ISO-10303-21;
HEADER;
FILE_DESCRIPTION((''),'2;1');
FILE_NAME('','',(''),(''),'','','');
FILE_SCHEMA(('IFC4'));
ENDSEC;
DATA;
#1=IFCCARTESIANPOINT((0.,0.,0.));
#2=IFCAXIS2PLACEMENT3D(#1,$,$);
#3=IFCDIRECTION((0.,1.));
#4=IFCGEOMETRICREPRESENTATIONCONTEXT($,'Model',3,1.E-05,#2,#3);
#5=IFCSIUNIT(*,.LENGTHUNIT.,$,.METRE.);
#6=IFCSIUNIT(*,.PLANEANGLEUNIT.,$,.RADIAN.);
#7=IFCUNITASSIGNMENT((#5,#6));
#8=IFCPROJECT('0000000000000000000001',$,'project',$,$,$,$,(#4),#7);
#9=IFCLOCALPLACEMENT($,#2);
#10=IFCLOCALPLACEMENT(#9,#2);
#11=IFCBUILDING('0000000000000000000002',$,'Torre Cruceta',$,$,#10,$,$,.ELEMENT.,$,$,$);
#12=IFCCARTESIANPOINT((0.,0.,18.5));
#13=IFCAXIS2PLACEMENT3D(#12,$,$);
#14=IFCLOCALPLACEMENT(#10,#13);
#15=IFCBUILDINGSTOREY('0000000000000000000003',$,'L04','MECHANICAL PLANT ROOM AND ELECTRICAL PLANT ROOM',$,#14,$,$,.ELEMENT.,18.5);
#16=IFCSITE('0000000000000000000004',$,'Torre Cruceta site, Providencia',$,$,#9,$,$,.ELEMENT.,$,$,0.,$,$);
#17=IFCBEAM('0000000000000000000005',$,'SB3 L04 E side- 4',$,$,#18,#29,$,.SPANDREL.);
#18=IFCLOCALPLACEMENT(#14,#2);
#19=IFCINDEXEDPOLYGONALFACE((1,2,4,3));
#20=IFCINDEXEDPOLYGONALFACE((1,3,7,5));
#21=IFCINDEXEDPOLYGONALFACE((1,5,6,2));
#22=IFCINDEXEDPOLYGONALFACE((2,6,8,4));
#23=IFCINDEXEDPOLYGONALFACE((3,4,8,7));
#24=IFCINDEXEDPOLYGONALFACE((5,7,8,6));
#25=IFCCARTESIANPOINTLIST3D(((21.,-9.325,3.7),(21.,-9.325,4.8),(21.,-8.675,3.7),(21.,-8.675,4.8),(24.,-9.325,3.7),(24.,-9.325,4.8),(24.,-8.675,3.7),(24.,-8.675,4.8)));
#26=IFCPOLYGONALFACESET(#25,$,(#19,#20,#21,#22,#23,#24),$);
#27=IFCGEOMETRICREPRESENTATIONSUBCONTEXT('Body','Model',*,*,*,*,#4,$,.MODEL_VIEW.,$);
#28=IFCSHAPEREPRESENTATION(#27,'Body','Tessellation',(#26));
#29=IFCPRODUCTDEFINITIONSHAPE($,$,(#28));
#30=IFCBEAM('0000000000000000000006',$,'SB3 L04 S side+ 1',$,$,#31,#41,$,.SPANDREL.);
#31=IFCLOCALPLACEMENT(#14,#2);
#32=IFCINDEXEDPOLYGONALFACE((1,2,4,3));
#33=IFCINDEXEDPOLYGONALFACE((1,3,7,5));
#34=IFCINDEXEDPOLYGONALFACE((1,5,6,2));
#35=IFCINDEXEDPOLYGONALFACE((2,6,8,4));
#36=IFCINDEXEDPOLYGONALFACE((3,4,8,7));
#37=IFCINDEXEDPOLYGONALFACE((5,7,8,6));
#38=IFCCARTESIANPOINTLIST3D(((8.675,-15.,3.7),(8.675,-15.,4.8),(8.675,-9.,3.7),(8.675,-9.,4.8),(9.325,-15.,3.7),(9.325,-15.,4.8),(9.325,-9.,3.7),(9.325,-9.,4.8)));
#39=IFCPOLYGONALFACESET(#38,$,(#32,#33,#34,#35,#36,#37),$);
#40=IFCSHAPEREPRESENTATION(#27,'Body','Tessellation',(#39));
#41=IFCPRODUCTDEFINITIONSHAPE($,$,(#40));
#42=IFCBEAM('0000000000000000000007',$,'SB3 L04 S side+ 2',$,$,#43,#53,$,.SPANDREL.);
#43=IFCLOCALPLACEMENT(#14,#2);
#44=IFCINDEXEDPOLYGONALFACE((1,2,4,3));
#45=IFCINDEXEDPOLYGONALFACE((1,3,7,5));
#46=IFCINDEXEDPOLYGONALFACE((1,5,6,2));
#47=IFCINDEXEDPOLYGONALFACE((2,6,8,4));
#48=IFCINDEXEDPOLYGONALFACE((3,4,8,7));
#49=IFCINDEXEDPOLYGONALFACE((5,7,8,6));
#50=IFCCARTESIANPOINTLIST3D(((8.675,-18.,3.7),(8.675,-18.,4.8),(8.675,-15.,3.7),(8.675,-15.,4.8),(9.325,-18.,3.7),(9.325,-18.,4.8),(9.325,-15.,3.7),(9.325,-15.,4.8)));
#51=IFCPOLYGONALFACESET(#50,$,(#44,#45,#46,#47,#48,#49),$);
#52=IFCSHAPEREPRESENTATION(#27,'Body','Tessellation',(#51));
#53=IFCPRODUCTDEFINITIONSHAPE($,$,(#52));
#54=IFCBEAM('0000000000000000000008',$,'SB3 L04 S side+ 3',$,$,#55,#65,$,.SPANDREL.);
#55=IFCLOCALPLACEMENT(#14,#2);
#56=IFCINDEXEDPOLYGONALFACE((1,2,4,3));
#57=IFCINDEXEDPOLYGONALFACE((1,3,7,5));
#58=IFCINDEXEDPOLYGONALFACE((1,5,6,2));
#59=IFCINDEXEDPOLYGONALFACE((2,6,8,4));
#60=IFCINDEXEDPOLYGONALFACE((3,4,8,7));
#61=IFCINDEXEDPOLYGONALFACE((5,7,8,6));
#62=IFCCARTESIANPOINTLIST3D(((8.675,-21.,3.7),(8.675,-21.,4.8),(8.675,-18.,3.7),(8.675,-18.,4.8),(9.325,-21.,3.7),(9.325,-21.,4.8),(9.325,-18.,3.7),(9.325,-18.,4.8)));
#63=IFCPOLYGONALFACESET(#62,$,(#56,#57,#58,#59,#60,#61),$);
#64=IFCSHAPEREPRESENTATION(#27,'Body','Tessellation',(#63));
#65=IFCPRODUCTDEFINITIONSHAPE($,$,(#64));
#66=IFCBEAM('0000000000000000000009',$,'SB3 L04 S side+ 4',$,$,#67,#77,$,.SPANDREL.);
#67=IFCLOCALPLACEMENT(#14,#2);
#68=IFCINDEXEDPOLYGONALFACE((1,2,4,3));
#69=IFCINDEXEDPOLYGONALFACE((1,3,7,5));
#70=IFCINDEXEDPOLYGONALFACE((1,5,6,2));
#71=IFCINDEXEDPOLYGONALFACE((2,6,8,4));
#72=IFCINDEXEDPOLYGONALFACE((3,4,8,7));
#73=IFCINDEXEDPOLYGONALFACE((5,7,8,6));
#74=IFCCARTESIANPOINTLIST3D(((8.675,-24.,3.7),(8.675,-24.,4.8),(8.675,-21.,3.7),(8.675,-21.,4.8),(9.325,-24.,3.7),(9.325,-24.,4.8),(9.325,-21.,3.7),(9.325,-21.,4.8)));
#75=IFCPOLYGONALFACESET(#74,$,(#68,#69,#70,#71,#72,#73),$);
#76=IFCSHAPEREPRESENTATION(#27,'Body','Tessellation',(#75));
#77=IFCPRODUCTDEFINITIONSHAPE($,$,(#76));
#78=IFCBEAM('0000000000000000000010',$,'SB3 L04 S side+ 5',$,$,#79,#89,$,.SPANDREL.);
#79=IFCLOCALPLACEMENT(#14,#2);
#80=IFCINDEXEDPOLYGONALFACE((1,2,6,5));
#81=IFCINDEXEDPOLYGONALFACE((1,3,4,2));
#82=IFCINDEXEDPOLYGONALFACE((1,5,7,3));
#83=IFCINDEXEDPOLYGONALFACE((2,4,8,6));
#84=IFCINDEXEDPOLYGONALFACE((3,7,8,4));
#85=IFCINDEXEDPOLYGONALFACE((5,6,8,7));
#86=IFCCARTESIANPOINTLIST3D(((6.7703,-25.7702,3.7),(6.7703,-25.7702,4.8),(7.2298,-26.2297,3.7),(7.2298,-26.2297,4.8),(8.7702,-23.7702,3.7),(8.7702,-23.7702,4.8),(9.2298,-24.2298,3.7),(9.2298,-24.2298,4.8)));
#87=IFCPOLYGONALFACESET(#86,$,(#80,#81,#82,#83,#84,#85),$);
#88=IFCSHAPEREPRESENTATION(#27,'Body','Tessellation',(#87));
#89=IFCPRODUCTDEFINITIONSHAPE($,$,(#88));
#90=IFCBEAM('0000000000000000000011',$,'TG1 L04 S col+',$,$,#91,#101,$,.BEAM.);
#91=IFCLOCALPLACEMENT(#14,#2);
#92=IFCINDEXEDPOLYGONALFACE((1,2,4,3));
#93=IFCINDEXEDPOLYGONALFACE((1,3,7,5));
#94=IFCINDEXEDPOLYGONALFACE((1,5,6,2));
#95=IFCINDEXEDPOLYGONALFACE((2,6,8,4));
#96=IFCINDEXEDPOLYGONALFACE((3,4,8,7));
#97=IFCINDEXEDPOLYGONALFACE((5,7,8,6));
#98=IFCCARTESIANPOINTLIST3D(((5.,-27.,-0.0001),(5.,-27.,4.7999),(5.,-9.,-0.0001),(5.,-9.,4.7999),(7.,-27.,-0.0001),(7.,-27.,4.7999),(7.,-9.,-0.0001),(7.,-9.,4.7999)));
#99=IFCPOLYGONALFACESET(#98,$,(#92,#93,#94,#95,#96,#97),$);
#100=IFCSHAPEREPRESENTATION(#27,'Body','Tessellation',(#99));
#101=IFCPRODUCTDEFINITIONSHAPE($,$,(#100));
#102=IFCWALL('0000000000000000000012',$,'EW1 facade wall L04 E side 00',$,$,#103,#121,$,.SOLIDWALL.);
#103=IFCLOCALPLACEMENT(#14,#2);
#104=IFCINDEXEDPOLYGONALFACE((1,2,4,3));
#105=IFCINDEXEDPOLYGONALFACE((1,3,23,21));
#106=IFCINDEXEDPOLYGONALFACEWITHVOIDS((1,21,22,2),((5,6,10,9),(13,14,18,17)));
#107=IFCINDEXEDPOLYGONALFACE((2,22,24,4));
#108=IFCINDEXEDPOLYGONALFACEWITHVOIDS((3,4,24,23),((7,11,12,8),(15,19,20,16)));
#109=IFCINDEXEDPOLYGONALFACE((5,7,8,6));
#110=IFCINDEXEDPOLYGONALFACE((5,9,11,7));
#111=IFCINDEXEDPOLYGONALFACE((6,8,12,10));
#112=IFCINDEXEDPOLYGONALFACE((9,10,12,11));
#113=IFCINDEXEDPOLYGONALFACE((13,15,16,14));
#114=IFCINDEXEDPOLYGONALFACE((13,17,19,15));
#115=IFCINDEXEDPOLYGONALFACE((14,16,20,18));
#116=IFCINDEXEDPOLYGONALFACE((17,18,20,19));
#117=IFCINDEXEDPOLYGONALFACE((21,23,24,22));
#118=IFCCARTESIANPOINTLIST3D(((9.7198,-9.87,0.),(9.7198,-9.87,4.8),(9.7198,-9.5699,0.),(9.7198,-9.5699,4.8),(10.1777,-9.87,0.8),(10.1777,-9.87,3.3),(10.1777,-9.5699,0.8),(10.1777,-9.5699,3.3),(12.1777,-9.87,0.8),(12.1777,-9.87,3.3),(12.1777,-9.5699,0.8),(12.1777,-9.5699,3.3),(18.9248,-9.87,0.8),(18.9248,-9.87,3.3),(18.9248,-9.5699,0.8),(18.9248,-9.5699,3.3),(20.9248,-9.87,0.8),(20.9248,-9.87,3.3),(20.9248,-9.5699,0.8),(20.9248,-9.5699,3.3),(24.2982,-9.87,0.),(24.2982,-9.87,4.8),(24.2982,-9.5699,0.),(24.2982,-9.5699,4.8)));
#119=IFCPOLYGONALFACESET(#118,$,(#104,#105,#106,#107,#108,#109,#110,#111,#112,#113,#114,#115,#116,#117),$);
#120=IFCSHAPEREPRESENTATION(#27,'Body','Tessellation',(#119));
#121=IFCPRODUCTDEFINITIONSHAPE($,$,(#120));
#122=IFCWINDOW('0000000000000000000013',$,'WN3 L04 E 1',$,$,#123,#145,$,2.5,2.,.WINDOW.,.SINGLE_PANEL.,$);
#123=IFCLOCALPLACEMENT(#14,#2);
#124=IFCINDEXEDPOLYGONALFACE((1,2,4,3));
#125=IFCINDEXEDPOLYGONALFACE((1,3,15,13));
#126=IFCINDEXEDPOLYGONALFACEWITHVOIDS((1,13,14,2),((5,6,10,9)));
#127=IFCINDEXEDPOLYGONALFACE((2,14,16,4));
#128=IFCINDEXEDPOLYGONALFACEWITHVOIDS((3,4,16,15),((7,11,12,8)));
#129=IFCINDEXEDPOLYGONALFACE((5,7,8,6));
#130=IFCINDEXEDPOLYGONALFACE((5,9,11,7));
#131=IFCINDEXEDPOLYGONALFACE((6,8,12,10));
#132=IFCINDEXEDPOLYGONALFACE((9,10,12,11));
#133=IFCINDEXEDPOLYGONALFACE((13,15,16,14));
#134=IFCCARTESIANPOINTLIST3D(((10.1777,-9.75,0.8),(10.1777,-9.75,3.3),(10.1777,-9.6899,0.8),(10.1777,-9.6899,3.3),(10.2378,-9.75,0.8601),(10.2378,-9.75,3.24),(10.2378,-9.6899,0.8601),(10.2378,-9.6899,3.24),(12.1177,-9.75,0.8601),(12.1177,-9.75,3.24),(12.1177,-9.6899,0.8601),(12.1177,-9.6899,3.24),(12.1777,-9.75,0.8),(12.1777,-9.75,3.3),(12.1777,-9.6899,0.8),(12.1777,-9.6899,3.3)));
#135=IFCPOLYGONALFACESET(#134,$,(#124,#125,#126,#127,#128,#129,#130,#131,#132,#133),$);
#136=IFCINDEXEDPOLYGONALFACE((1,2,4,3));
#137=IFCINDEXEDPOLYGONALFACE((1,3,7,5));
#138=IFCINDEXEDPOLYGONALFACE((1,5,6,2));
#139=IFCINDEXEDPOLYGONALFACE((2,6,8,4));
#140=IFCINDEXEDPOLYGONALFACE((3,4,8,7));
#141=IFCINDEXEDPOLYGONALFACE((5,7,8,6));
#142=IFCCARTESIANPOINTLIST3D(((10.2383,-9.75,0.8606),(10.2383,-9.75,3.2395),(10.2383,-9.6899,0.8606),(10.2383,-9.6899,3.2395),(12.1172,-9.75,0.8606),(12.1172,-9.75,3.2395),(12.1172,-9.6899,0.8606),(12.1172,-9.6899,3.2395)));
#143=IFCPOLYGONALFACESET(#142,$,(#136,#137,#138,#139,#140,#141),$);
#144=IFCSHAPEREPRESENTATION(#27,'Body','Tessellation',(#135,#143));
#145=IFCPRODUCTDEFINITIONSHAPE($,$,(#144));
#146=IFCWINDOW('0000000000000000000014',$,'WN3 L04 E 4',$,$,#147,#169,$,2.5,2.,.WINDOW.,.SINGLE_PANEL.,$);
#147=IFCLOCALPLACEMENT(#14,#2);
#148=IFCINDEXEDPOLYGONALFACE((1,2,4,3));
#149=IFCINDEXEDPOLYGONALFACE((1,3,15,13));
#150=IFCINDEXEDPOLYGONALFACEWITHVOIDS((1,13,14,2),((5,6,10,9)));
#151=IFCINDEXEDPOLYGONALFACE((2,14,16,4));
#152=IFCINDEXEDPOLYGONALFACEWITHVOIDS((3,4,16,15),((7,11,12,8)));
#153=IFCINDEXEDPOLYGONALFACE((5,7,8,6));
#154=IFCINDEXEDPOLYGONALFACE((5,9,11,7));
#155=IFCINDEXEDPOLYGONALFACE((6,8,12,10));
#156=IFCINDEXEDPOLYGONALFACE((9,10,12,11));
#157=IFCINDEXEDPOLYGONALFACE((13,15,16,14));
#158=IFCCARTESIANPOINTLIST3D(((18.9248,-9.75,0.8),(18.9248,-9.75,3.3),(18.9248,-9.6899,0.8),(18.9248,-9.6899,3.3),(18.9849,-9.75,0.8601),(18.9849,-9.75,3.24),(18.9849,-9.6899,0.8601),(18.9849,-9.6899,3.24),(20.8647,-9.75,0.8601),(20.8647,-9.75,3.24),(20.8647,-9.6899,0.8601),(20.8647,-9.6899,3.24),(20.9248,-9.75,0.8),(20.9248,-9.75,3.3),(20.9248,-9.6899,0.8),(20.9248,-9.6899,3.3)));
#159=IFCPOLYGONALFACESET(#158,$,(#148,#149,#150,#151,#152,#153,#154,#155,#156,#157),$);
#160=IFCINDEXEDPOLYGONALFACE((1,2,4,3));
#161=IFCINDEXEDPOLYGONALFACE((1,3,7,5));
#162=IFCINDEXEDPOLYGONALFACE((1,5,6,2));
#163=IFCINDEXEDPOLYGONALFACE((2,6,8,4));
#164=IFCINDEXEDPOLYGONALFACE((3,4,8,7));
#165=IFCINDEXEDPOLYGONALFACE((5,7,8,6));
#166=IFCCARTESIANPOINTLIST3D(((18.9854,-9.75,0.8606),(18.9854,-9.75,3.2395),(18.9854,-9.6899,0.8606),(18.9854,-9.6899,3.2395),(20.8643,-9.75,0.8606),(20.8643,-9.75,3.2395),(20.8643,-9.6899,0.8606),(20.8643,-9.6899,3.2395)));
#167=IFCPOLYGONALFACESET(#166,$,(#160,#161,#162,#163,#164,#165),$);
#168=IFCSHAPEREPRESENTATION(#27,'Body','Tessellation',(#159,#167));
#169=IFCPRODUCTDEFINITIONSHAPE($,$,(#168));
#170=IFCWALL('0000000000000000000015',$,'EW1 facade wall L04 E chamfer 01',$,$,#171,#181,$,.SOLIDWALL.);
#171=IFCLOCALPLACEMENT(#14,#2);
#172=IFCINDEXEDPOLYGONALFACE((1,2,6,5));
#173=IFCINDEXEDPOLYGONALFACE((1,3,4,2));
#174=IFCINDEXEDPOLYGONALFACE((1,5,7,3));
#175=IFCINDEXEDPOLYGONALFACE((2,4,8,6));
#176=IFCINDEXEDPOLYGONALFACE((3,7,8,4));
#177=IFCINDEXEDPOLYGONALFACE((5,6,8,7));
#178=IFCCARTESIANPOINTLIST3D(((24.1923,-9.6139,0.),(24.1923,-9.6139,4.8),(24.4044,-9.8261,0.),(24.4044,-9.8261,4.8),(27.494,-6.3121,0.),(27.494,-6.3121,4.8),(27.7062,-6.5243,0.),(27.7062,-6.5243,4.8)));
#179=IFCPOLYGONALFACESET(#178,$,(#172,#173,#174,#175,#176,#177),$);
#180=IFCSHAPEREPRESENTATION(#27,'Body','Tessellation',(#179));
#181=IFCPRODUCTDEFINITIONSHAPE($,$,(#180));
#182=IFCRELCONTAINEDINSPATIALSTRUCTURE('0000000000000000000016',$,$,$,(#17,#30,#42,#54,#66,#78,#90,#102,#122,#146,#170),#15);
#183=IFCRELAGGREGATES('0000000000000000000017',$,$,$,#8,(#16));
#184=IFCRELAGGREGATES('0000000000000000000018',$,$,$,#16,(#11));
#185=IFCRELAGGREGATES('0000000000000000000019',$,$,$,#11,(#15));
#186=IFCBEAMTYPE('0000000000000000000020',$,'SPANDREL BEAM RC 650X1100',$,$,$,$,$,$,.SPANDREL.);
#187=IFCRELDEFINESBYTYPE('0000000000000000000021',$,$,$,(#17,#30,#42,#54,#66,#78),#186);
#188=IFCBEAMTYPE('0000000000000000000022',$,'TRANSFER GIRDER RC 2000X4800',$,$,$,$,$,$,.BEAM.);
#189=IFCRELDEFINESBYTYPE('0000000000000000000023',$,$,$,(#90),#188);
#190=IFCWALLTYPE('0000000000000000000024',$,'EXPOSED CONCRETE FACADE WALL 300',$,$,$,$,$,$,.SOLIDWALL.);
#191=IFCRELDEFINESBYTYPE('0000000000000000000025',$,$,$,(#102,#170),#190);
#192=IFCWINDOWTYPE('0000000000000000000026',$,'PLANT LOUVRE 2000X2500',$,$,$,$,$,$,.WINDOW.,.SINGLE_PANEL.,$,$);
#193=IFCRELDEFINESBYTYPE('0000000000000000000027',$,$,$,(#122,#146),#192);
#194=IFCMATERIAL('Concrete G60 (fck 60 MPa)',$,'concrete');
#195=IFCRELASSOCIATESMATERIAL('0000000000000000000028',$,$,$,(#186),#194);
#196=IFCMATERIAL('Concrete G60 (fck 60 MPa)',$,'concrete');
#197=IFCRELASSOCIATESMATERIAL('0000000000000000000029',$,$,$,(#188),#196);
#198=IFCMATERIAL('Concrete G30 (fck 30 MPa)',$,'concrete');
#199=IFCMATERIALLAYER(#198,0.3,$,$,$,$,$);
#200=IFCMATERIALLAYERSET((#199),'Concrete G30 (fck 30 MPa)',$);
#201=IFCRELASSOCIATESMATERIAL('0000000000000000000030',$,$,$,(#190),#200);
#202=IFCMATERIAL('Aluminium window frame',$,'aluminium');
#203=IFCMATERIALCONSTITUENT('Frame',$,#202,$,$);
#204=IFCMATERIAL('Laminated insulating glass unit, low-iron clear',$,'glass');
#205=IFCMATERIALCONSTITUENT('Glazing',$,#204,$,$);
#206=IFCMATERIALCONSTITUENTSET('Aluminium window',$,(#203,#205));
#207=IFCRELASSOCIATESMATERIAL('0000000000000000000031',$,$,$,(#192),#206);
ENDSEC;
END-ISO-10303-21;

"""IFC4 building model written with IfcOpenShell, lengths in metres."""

from ifc_helpers import new_model, si_unit, direction, frame, frame_2d, origin, origin_2d, place, context, subcontext, project, spatial, rectangle, hollow_rectangle, extrude, material, layer, layer_set, constituent, constituent_set, material_profile, profile_set, type_object, element, fill, save


model = new_model("IFC4")

# Units and contexts
model_context = context("Model", 3, precision=1e-05, world=origin(), true_north=direction((0.0, 1.0)))
body_context = subcontext(model_context, "Body", "Model", "MODEL_VIEW")
ifc_project = project(units=[si_unit("LENGTHUNIT", "METRE"), si_unit("PLANEANGLEUNIT", "RADIAN")], contexts=[model_context])

# Site, building, storey
site_placement = place(None, origin())
site = spatial("IfcSite", under=ifc_project, at=site_placement, Name="Torre Cruceta site, Providencia", CompositionType="ELEMENT", RefElevation=0.0)
building_placement = place(site_placement, origin())
building = spatial("IfcBuilding", under=site, at=building_placement, Name="Torre Cruceta", CompositionType="ELEMENT")
storey_placement = place(building_placement, frame((0.0, 0.0, 18.5)))
storey = spatial("IfcBuildingStorey", under=building, at=storey_placement, Name="L04", Description="MECHANICAL PLANT ROOM AND ELECTRICAL PLANT ROOM", CompositionType="ELEMENT", Elevation=18.5)

# Beams
ifc_material_1 = material(Name="Concrete G60 (fck 60 MPa)", Category="concrete")
ifc_material_profile_1 = material_profile(ifc_material_1, rectangle(XDim=0.6499, YDim=1.1001, at=origin_2d()), Name="RC 650X1100")
ifc_profile_set_1 = profile_set([ifc_material_profile_1], Name="Concrete G60 (fck 60 MPa)")
beam_type_1 = type_object("IfcBeamType", Name="SPANDREL BEAM RC 650X1100", PredefinedType="SPANDREL", material=ifc_profile_set_1)
for number, where, z_axis, x_axis, name in (
    (1, (21.0, -9.0, 4.25), (1.0, 0.0, 0.0), (0.0, 1.0, 0.0), "SB3 L04 E side- 4"),
):
    element("IfcBeam", number, at=place(storey_placement, frame(where, z_axis=z_axis, x_axis=x_axis)), inside=storey, type_object=beam_type_1, Name=name, PredefinedType="SPANDREL", context=body_context, shape_type="SweptSolid", body=[
        extrude(rectangle(XDim=0.6499, YDim=1.1001, at=origin_2d()), origin(), (0.0, 0.0, 1.0), 3.0),
    ])
beam_1_placement = place(storey_placement, frame((9.0, -9.0, 4.25), z_axis=(0.0, -1.0, 0.0), x_axis=(1.0, 0.0, 0.0)))
element("IfcBeam", 2, at=beam_1_placement, inside=storey, type_object=beam_type_1, Name="SB3 L04 S side+ 1", PredefinedType="SPANDREL", context=body_context, shape_type="SweptSolid", body=[
    extrude(rectangle(XDim=0.6499, YDim=1.1001, at=origin_2d()), origin(), (0.0, 0.0, 1.0), 6.0),
])
for number, where, z_axis, x_axis, name in (
    (3, (9.0, -15.0, 4.25), (0.0, -1.0, 0.0), (1.0, 0.0, 0.0), "SB3 L04 S side+ 2"),
    (4, (9.0, -18.0, 4.25), (0.0, -1.0, 0.0), (1.0, 0.0, 0.0), "SB3 L04 S side+ 3"),
    (5, (9.0, -21.0, 4.25), (0.0, -1.0, 0.0), (1.0, 0.0, 0.0), "SB3 L04 S side+ 4"),
):
    element("IfcBeam", number, at=place(storey_placement, frame(where, z_axis=z_axis, x_axis=x_axis)), inside=storey, type_object=beam_type_1, Name=name, PredefinedType="SPANDREL", context=body_context, shape_type="SweptSolid", body=[
        extrude(rectangle(XDim=0.6499, YDim=1.1001, at=origin_2d()), origin(), (0.0, 0.0, 1.0), 3.0),
    ])
beam_2_placement = place(storey_placement, frame((9.0, -24.0, 4.25), z_axis=(-0.707107, -0.707107, 0.0), x_axis=(0.707107, -0.707107, 0.0)))
element("IfcBeam", 6, at=beam_2_placement, inside=storey, type_object=beam_type_1, Name="SB3 L04 S side+ 5", PredefinedType="SPANDREL", context=body_context, shape_type="SweptSolid", body=[
    extrude(rectangle(XDim=0.6499, YDim=1.1001, at=origin_2d()), origin(), (0.0, 0.0, 1.0), 2.8284),
])
ifc_material_2 = material(Name="Concrete G60 (fck 60 MPa)", Category="concrete")
ifc_material_profile_2 = material_profile(ifc_material_2, rectangle(XDim=2.0, YDim=4.8, at=origin_2d()), Name="RC 2000X4800")
ifc_profile_set_2 = profile_set([ifc_material_profile_2], Name="Concrete G60 (fck 60 MPa)")
beam_type_2 = type_object("IfcBeamType", Name="TRANSFER GIRDER RC 2000X4800", PredefinedType="BEAM", material=ifc_profile_set_2)
beam_3_placement = place(storey_placement, frame((6.0, -9.0, 2.3999), z_axis=(0.0, -1.0, 0.0), x_axis=(1.0, 0.0, 0.0)))
element("IfcBeam", 7, at=beam_3_placement, inside=storey, type_object=beam_type_2, Name="TG1 L04 S col+", PredefinedType="BEAM", context=body_context, shape_type="SweptSolid", body=[
    extrude(rectangle(XDim=2.0, YDim=4.8, at=origin_2d()), origin(), (0.0, 0.0, 1.0), 18.0),
])

# Wall, openings, windows
ifc_material_3 = material(Name="Concrete G30 (fck 30 MPa)", Category="concrete")
ifc_layer_1 = layer(ifc_material_3, 0.3)
ifc_layer_set_1 = layer_set([ifc_layer_1], Name="Concrete G30 (fck 30 MPa)")
wall_type_1 = type_object("IfcWallType", Name="EXPOSED CONCRETE FACADE WALL 300", PredefinedType="SOLIDWALL", material=ifc_layer_set_1)
wall_1_placement = place(storey_placement, frame((9.72, -9.72, 0.0), z_axis=(0.0, 0.0, 1.0), x_axis=(1.0, 0.0, 0.0)))
wall_1 = element("IfcWall", 8, at=wall_1_placement, inside=storey, type_object=wall_type_1, Name="EW1 facade wall L04 E side 00", PredefinedType="SOLIDWALL", context=body_context, shape_type="SweptSolid", body=[
    extrude(rectangle(XDim=14.5784, YDim=0.3, at=frame_2d((7.2891, 0.0))), origin(), (0.0, 0.0, 1.0), 4.8),
])
opening_1_placement = place(wall_1_placement, frame((0.4578, 0.0, 0.8)))
opening_1 = element("IfcOpeningElement", 9, at=opening_1_placement, cuts=wall_1, PredefinedType="OPENING", context=body_context, shape_type="SweptSolid", body=[
    extrude(rectangle(XDim=2.0, YDim=2.5, at=frame_2d((1.0, 1.25))), frame((0.0, 0.1599, 0.0), z_axis=(0.0, -1.0, 0.0), x_axis=(1.0, 0.0, 0.0)), (0.0, 0.0, 1.0), 0.3201),
])
opening_2_placement = place(wall_1_placement, frame((9.2048, 0.0, 0.8)))
opening_2 = element("IfcOpeningElement", 10, at=opening_2_placement, cuts=wall_1, PredefinedType="OPENING", context=body_context, shape_type="SweptSolid", body=[
    extrude(rectangle(XDim=2.0, YDim=2.5, at=frame_2d((1.0, 1.25))), frame((0.0, 0.1599, 0.0), z_axis=(0.0, -1.0, 0.0), x_axis=(1.0, 0.0, 0.0)), (0.0, 0.0, 1.0), 0.3201),
])
ifc_material_4 = material(Name="Aluminium window frame", Category="aluminium")
ifc_constituent_1 = constituent(ifc_material_4, Name="Frame")
ifc_material_5 = material(Name="Laminated insulating glass unit, low-iron clear", Category="glass")
ifc_constituent_2 = constituent(ifc_material_5, Name="Glazing")
ifc_constituent_set_1 = constituent_set(constituents=[ifc_constituent_1, ifc_constituent_2], Name="Aluminium window")
window_type = type_object("IfcWindowType", Name="PLANT LOUVRE 2000X2500", PartitioningType="SINGLE_PANEL", PredefinedType="WINDOW", material=ifc_constituent_set_1)
window_1_placement = place(opening_1_placement, origin())
window_1 = element("IfcWindow", 11, at=window_1_placement, inside=storey, type_object=window_type, Name="WN3 L04 E 1", OverallHeight=2.5, OverallWidth=2.0, PartitioningType="SINGLE_PANEL", PredefinedType="WINDOW", context=body_context, shape_type="SweptSolid", body=[
    extrude(hollow_rectangle(XDim=2.0, YDim=2.5, WallThickness=0.0601, at=frame_2d((1.0, 1.25))), frame((0.0, 0.03, 0.0), z_axis=(0.0, -1.0, 0.0), x_axis=(1.0, 0.0, 0.0)), (0.0, 0.0, 1.0), 0.0601),
    extrude(rectangle(XDim=1.8789, YDim=2.3789, at=frame_2d((1.0, 1.25))), frame((0.0, 0.03, 0.0), z_axis=(0.0, -1.0, 0.0), x_axis=(1.0, 0.0, 0.0)), (0.0, 0.0, 1.0), 0.0601),
])
fill(opening_1, window_1)
window_2_placement = place(opening_2_placement, origin())
window_2 = element("IfcWindow", 12, at=window_2_placement, inside=storey, type_object=window_type, Name="WN3 L04 E 4", OverallHeight=2.5, OverallWidth=2.0, PartitioningType="SINGLE_PANEL", PredefinedType="WINDOW", context=body_context, shape_type="SweptSolid", body=[
    extrude(hollow_rectangle(XDim=2.0, YDim=2.5, WallThickness=0.0601, at=frame_2d((1.0, 1.25))), frame((0.0, 0.03, 0.0), z_axis=(0.0, -1.0, 0.0), x_axis=(1.0, 0.0, 0.0)), (0.0, 0.0, 1.0), 0.0601),
    extrude(rectangle(XDim=1.8789, YDim=2.3789, at=frame_2d((1.0, 1.25))), frame((0.0, 0.03, 0.0), z_axis=(0.0, -1.0, 0.0), x_axis=(1.0, 0.0, 0.0)), (0.0, 0.0, 1.0), 0.0601),
])
fill(opening_2, window_2)

# Wall
for number, where, z_axis, x_axis, name in (
    (13, (24.2983, -9.72, 0.0), (0.0, 0.0, 1.0), (0.707107, 0.707107, 0.0), "EW1 facade wall L04 E chamfer 01"),
):
    element("IfcWall", number, at=place(storey_placement, frame(where, z_axis=z_axis, x_axis=x_axis)), inside=storey, type_object=wall_type_1, Name=name, PredefinedType="SOLIDWALL", context=body_context, shape_type="SweptSolid", body=[
        extrude(rectangle(XDim=4.6694, YDim=0.3, at=frame_2d((2.3347, 0.0))), origin(), (0.0, 0.0, 1.0), 4.8),
    ])

save(model, "model.ifc")
